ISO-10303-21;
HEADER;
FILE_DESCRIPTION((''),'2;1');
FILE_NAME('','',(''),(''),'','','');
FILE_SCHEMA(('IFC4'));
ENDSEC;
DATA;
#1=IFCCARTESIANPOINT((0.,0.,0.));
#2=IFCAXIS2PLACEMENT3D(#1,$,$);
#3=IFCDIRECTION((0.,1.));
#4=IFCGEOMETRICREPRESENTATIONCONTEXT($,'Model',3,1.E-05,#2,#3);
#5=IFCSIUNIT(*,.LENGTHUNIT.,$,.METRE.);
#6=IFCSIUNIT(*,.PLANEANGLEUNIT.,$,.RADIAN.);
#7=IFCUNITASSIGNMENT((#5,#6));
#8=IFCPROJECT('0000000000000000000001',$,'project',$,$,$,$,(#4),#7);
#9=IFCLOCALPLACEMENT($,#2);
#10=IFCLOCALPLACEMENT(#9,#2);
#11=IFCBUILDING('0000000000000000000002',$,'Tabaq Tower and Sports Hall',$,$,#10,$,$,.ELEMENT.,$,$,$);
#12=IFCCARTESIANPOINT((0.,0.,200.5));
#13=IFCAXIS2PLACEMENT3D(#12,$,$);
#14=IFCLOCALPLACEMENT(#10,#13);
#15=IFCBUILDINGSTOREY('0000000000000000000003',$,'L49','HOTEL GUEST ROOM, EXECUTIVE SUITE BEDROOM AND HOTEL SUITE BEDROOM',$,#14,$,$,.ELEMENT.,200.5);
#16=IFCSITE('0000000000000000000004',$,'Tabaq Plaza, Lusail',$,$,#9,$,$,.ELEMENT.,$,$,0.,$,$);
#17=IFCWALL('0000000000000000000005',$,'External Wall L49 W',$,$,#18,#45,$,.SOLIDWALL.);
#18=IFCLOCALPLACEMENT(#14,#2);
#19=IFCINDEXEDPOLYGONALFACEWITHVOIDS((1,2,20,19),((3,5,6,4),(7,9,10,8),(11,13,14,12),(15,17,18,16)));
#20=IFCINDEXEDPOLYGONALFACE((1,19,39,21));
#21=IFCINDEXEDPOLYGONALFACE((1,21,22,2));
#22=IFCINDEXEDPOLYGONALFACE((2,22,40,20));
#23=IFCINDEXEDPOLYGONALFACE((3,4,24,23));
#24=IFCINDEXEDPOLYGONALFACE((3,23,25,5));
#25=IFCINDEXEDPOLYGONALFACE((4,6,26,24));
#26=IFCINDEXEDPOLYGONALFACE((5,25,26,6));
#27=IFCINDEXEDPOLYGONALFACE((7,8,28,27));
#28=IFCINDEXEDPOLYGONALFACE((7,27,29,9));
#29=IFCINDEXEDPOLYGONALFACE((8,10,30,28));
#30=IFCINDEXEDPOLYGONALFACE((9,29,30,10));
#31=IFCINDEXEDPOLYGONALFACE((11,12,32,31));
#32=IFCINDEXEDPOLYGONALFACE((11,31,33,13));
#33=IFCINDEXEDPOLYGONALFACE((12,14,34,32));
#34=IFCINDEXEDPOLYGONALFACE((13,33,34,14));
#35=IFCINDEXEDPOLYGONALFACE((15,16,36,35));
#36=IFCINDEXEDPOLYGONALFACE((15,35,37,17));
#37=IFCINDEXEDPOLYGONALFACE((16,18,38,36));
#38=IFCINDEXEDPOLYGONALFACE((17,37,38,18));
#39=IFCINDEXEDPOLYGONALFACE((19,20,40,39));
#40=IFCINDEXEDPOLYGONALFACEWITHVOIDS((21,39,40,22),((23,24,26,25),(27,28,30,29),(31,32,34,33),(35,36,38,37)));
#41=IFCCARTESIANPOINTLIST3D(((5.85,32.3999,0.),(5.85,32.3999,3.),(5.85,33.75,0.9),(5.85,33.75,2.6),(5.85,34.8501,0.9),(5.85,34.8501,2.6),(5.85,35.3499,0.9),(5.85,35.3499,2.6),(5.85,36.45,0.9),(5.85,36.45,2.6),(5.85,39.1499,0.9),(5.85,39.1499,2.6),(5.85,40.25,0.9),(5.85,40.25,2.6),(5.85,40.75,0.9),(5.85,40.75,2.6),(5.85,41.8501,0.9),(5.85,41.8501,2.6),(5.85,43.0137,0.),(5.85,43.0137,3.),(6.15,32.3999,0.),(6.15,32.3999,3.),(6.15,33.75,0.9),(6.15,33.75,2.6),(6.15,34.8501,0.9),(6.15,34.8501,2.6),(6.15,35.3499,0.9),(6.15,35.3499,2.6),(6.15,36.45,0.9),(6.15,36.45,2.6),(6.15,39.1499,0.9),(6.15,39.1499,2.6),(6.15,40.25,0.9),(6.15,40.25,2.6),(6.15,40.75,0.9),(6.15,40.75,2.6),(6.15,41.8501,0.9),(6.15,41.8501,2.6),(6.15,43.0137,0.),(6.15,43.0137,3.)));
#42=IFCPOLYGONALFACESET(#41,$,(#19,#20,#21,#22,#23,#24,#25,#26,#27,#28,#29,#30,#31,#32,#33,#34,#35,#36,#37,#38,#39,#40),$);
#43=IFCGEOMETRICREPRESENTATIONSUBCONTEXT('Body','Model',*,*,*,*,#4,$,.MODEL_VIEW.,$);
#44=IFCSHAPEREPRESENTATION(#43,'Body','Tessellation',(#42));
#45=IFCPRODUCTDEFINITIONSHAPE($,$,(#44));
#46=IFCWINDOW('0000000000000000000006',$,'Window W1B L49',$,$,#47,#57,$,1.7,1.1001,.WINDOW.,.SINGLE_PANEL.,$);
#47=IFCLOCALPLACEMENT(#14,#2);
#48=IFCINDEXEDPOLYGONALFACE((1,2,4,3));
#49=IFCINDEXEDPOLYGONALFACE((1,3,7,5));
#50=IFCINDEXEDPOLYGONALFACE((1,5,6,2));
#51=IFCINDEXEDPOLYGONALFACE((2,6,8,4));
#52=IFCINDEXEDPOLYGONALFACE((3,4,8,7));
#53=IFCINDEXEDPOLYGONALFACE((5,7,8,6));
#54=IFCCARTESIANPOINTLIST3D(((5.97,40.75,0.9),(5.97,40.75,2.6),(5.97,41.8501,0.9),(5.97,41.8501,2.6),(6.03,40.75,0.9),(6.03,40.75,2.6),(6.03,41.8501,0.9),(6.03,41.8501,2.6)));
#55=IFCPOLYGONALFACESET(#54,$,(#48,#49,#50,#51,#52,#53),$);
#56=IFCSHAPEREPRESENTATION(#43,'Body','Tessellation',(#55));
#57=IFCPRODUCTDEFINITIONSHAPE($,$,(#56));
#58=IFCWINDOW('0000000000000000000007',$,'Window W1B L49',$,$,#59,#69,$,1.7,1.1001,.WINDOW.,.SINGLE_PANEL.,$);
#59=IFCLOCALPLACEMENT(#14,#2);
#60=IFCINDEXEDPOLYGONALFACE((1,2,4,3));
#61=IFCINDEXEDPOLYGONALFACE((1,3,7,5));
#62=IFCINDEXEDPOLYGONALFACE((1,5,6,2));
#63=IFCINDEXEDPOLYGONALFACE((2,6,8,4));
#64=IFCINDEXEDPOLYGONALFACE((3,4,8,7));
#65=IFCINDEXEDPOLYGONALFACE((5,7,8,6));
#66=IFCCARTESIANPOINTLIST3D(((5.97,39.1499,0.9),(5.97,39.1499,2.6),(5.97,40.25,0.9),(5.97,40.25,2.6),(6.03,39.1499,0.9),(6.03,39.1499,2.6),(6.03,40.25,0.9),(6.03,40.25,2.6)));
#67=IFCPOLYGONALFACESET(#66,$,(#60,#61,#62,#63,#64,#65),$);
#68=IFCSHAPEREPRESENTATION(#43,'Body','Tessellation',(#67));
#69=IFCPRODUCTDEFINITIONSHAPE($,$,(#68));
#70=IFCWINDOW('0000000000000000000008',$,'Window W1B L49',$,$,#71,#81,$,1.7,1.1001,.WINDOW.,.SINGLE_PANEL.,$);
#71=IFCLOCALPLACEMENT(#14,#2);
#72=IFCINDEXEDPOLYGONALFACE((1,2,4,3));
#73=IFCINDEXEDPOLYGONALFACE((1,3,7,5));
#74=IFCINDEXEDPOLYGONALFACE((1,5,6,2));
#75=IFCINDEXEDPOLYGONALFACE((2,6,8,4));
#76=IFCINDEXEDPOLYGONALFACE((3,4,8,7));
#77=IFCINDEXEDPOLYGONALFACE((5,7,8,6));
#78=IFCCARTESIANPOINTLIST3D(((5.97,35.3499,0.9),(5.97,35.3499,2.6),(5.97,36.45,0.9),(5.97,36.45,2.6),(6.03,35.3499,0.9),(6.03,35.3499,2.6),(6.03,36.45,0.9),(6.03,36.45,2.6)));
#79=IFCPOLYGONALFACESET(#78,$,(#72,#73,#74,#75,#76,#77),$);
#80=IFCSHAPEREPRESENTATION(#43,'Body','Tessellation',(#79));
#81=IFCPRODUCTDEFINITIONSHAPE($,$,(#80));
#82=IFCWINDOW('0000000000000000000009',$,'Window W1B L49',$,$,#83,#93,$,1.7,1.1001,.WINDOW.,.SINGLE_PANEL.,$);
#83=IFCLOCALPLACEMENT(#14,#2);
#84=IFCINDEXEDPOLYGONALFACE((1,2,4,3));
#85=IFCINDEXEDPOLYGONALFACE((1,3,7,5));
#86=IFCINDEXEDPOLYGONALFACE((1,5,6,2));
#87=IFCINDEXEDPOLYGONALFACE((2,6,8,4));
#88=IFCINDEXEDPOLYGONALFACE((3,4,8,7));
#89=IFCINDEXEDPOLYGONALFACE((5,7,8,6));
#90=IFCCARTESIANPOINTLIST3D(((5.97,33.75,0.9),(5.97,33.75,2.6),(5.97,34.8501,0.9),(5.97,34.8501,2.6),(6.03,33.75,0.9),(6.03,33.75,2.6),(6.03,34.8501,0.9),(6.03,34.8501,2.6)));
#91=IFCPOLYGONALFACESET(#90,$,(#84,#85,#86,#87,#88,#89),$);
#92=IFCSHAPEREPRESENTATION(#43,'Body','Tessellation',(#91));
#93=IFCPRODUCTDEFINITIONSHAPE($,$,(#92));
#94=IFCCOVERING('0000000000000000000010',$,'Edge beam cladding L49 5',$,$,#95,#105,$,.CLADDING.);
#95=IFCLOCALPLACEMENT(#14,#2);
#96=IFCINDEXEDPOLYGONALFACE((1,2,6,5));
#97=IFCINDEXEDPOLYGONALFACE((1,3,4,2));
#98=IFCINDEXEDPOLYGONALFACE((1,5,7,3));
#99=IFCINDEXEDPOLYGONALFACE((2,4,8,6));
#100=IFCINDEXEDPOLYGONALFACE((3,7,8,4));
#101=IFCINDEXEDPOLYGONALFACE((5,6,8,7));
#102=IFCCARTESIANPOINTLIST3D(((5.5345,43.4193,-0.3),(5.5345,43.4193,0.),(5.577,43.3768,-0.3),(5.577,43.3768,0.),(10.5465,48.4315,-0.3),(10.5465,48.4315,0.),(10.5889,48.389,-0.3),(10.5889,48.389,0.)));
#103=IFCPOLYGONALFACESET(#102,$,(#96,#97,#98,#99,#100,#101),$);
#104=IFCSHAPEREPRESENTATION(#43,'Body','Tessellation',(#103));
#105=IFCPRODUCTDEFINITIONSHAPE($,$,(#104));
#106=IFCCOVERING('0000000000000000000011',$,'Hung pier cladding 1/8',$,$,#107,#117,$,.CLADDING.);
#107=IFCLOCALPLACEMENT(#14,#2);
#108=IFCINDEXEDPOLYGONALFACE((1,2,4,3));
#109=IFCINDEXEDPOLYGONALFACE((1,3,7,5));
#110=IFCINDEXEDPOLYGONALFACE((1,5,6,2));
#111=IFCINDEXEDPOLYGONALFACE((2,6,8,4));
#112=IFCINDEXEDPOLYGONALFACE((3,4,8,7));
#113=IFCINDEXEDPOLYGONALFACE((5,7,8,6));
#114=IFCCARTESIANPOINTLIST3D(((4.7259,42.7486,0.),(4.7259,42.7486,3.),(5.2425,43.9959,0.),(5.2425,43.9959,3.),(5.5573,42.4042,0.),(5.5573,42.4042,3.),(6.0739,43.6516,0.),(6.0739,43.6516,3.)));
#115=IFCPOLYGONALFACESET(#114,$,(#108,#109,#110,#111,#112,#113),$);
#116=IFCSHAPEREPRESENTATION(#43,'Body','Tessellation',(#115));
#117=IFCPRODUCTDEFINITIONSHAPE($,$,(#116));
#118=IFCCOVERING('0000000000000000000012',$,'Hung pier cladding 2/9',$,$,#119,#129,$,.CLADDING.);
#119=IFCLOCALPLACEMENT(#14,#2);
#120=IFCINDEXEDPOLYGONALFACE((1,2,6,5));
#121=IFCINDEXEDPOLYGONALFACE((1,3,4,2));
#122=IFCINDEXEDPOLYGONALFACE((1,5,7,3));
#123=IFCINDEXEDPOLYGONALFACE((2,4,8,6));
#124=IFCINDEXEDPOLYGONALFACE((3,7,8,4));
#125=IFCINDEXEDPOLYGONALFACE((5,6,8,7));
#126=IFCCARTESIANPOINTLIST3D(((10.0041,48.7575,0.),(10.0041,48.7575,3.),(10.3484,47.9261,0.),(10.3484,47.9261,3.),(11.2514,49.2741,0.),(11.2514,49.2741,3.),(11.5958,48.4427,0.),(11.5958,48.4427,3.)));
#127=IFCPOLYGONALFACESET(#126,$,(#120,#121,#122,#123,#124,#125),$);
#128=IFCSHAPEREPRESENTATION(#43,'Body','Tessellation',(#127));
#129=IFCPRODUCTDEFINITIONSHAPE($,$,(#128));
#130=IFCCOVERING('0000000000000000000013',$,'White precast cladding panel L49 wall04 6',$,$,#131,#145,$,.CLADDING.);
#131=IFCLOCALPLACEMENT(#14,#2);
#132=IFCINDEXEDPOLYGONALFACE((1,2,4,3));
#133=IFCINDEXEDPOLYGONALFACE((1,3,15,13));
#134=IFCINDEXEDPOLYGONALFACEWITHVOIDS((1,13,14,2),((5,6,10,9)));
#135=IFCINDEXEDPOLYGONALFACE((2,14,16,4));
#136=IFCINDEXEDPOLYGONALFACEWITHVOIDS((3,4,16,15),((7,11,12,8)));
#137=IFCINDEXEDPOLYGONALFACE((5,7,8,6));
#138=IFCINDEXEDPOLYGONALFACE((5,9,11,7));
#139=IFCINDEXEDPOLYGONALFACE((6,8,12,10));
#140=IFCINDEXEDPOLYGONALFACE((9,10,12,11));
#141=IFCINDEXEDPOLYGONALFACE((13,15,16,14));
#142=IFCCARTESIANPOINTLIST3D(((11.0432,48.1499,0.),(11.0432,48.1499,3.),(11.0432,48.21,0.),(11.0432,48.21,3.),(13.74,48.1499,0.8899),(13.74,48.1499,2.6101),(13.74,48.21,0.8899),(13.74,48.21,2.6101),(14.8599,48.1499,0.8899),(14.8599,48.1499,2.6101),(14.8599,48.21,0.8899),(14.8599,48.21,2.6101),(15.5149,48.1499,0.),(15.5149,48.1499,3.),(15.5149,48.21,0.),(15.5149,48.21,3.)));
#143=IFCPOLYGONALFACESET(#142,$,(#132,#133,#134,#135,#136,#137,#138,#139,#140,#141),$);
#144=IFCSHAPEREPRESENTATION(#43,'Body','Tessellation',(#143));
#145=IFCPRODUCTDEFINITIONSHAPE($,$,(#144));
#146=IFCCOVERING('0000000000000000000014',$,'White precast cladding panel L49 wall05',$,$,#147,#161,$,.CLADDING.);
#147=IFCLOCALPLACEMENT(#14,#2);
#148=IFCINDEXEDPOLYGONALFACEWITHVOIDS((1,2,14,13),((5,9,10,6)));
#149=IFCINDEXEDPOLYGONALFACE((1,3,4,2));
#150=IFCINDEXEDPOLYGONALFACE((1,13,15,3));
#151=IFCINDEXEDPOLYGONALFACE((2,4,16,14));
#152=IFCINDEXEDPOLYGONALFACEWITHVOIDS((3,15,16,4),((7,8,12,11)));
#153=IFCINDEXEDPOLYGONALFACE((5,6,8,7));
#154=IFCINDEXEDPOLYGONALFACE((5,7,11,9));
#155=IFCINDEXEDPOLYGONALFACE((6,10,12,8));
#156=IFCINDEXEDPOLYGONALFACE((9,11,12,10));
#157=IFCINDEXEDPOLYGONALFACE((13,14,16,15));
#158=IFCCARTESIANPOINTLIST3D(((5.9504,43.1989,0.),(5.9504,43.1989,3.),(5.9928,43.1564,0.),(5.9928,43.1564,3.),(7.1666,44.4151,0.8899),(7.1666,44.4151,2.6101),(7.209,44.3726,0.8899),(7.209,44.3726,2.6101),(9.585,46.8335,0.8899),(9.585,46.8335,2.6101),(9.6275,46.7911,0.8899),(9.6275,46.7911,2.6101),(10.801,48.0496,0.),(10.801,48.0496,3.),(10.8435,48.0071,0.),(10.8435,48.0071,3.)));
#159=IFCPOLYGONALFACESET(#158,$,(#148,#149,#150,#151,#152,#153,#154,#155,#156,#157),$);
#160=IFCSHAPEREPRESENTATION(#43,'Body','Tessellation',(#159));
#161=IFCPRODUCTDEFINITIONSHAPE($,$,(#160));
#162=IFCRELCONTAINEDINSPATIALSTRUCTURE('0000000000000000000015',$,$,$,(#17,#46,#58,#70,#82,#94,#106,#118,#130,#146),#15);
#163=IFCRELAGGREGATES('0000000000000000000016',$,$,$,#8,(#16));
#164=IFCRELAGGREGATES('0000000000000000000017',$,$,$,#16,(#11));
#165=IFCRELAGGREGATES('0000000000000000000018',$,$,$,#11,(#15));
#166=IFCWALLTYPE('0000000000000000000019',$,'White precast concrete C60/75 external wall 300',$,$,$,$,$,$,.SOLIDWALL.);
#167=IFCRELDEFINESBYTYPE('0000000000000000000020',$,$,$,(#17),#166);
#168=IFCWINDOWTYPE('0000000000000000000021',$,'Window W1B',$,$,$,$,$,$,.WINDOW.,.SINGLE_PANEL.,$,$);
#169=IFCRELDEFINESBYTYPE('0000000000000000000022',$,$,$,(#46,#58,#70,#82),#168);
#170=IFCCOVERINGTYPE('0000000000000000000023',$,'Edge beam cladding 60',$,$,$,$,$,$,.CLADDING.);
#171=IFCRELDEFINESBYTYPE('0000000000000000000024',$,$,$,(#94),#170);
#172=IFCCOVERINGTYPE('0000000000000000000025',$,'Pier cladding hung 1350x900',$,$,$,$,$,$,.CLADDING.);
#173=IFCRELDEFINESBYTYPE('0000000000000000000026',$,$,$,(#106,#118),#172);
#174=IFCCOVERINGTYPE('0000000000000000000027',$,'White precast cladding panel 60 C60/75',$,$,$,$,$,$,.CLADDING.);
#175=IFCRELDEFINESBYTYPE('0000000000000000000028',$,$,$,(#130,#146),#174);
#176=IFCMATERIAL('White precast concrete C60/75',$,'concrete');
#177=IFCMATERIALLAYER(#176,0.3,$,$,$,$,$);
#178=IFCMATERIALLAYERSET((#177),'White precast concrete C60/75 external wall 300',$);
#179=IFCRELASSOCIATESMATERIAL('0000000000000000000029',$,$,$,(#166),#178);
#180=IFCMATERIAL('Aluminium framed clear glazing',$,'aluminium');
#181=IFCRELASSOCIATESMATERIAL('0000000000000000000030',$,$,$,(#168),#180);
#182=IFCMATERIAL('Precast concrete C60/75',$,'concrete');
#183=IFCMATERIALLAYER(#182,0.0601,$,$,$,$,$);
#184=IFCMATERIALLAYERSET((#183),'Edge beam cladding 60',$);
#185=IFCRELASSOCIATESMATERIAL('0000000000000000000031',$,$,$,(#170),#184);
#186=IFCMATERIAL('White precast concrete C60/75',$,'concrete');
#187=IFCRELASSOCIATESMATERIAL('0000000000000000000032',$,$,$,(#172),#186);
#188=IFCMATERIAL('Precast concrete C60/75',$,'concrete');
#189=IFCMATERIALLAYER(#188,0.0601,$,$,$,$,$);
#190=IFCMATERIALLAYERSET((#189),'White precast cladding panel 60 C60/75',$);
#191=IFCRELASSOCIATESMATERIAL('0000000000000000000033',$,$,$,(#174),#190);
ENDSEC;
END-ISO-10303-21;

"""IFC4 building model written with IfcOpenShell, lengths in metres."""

from ifc_helpers import new_model, si_unit, direction, frame, frame_2d, origin, place, context, subcontext, project, spatial, polyline, rectangle, outline, extrude, material, layer, layer_set, type_object, element, fill, save


model = new_model("IFC4")

# Units and contexts
model_context = context("Model", 3, precision=1e-05, world=origin(), true_north=direction((0.0, 1.0)))
body_context = subcontext(model_context, "Body", "Model", "MODEL_VIEW")
ifc_project = project(units=[si_unit("LENGTHUNIT", "METRE"), si_unit("PLANEANGLEUNIT", "RADIAN")], contexts=[model_context])

# Site, building, storey
site_placement = place(None, origin())
site = spatial("IfcSite", under=ifc_project, at=site_placement, Name="Tabaq Plaza, Lusail", CompositionType="ELEMENT", RefElevation=0.0)
building_placement = place(site_placement, origin())
building = spatial("IfcBuilding", under=site, at=building_placement, Name="Tabaq Tower and Sports Hall", CompositionType="ELEMENT")
storey_placement = place(building_placement, frame((0.0, 0.0, 200.5)))
storey = spatial("IfcBuildingStorey", under=building, at=storey_placement, Name="L49", Description="HOTEL GUEST ROOM, EXECUTIVE SUITE BEDROOM AND HOTEL SUITE BEDROOM", CompositionType="ELEMENT", Elevation=200.5)

# Shared definitions
ifc_material_1 = material(Name="White precast concrete C60/75", Category="concrete")
ifc_layer_1 = layer(ifc_material_1, 0.3)
ifc_layer_set_1 = layer_set([ifc_layer_1], Name="White precast concrete C60/75 external wall 300")
wall_type_1 = type_object("IfcWallType", Name="White precast concrete C60/75 external wall 300", PredefinedType="SOLIDWALL", material=ifc_layer_set_1)

# Wall, openings, windows
wall_1_placement = place(storey_placement, frame((6.0, 43.0137, 0.0), z_axis=(0.0, 0.0, 1.0), x_axis=(0.0, -1.0, 0.0)))
wall_1 = element("IfcWall", 1, at=wall_1_placement, inside=storey, type_object=wall_type_1, Name="External Wall L49 W", PredefinedType="SOLIDWALL", context=body_context, shape_type="SweptSolid", body=[
    extrude(rectangle(XDim=10.6138, YDim=0.3, at=frame_2d((5.3069, 0.0))), origin(), (0.0, 0.0, 1.0), 3.0),
])
opening_1_placement = place(wall_1_placement, frame((1.1636, 0.0, 0.8999)))
opening_1 = element("IfcOpeningElement", 2, at=opening_1_placement, cuts=wall_1, PredefinedType="OPENING", context=body_context, shape_type="SweptSolid", body=[
    extrude(rectangle(XDim=1.1001, YDim=1.7, at=frame_2d((0.55, 0.8501))), frame((0.0, 0.1602, 0.0), z_axis=(0.0, -1.0, 0.0), x_axis=(1.0, 0.0, 0.0)), (0.0, 0.0, 1.0), 0.3201),
])
opening_2_placement = place(wall_1_placement, frame((2.7637, 0.0, 0.8999)))
opening_2 = element("IfcOpeningElement", 3, at=opening_2_placement, cuts=wall_1, PredefinedType="OPENING", context=body_context, shape_type="SweptSolid", body=[
    extrude(rectangle(XDim=1.1001, YDim=1.7, at=frame_2d((0.55, 0.8501))), frame((0.0, 0.1602, 0.0), z_axis=(0.0, -1.0, 0.0), x_axis=(1.0, 0.0, 0.0)), (0.0, 0.0, 1.0), 0.3201),
])
opening_3_placement = place(wall_1_placement, frame((6.5637, 0.0, 0.8999)))
opening_3 = element("IfcOpeningElement", 4, at=opening_3_placement, cuts=wall_1, PredefinedType="OPENING", context=body_context, shape_type="SweptSolid", body=[
    extrude(rectangle(XDim=1.1001, YDim=1.7, at=frame_2d((0.55, 0.8501))), frame((0.0, 0.1602, 0.0), z_axis=(0.0, -1.0, 0.0), x_axis=(1.0, 0.0, 0.0)), (0.0, 0.0, 1.0), 0.3201),
])
opening_4_placement = place(wall_1_placement, frame((8.1636, 0.0, 0.8999)))
opening_4 = element("IfcOpeningElement", 5, at=opening_4_placement, cuts=wall_1, PredefinedType="OPENING", context=body_context, shape_type="SweptSolid", body=[
    extrude(rectangle(XDim=1.1001, YDim=1.7, at=frame_2d((0.55, 0.8501))), frame((0.0, 0.1602, 0.0), z_axis=(0.0, -1.0, 0.0), x_axis=(1.0, 0.0, 0.0)), (0.0, 0.0, 1.0), 0.3201),
])
ifc_material_2 = material(Name="Aluminium framed clear glazing", Category="aluminium")
window_type_1 = type_object("IfcWindowType", Name="Window W1B", PartitioningType="SINGLE_PANEL", PredefinedType="WINDOW", material=ifc_material_2)
window_1_placement = place(opening_1_placement, origin())
window_1 = element("IfcWindow", 6, at=window_1_placement, inside=storey, type_object=window_type_1, Name="Window W1B L49", OverallHeight=1.7, OverallWidth=1.1001, PartitioningType="SINGLE_PANEL", PredefinedType="WINDOW", context=body_context, shape_type="SweptSolid", body=[
    extrude(rectangle(XDim=1.1001, YDim=1.7, at=frame_2d((0.55, 0.8501))), frame((0.0, 0.03, 0.0), z_axis=(0.0, -1.0, 0.0), x_axis=(1.0, 0.0, 0.0)), (0.0, 0.0, 1.0), 0.0601),
])
fill(opening_1, window_1)
window_2_placement = place(opening_2_placement, origin())
window_2 = element("IfcWindow", 7, at=window_2_placement, inside=storey, type_object=window_type_1, Name="Window W1B L49", OverallHeight=1.7, OverallWidth=1.1001, PartitioningType="SINGLE_PANEL", PredefinedType="WINDOW", context=body_context, shape_type="SweptSolid", body=[
    extrude(rectangle(XDim=1.1001, YDim=1.7, at=frame_2d((0.55, 0.8501))), frame((0.0, 0.03, 0.0), z_axis=(0.0, -1.0, 0.0), x_axis=(1.0, 0.0, 0.0)), (0.0, 0.0, 1.0), 0.0601),
])
fill(opening_2, window_2)
window_3_placement = place(opening_3_placement, origin())
window_3 = element("IfcWindow", 8, at=window_3_placement, inside=storey, type_object=window_type_1, Name="Window W1B L49", OverallHeight=1.7, OverallWidth=1.1001, PartitioningType="SINGLE_PANEL", PredefinedType="WINDOW", context=body_context, shape_type="SweptSolid", body=[
    extrude(rectangle(XDim=1.1001, YDim=1.7, at=frame_2d((0.55, 0.8501))), frame((0.0, 0.03, 0.0), z_axis=(0.0, -1.0, 0.0), x_axis=(1.0, 0.0, 0.0)), (0.0, 0.0, 1.0), 0.0601),
])
fill(opening_3, window_3)
window_4_placement = place(opening_4_placement, origin())
window_4 = element("IfcWindow", 9, at=window_4_placement, inside=storey, type_object=window_type_1, Name="Window W1B L49", OverallHeight=1.7, OverallWidth=1.1001, PartitioningType="SINGLE_PANEL", PredefinedType="WINDOW", context=body_context, shape_type="SweptSolid", body=[
    extrude(rectangle(XDim=1.1001, YDim=1.7, at=frame_2d((0.55, 0.8501))), frame((0.0, 0.03, 0.0), z_axis=(0.0, -1.0, 0.0), x_axis=(1.0, 0.0, 0.0)), (0.0, 0.0, 1.0), 0.0601),
])
fill(opening_4, window_4)

# Coverings
ifc_material_3 = material(Name="Precast concrete C60/75", Category="concrete")
ifc_layer_2 = layer(ifc_material_3, 0.0601)
ifc_layer_set_2 = layer_set([ifc_layer_2], Name="Edge beam cladding 60")
covering_type_1 = type_object("IfcCoveringType", Name="Edge beam cladding 60", PredefinedType="CLADDING", material=ifc_layer_set_2)
covering_1_placement = place(storey_placement, frame((10.5676, 48.4102, -0.3), z_axis=(0.0, 0.0, 1.0), x_axis=(-0.70709, -0.707124, 0.0)))
element("IfcCovering", 10, at=covering_1_placement, inside=storey, type_object=covering_type_1, Name="Edge beam cladding L49 5", PredefinedType="CLADDING", context=body_context, shape_type="SweptSolid", body=[
    extrude(rectangle(XDim=7.0881, YDim=0.0601, at=frame_2d((3.5439, 0.0))), origin(), (0.0, 0.0, 1.0), 0.3),
])
ifc_material_4 = material(Name="White precast concrete C60/75", Category="concrete")
covering_type_2 = type_object("IfcCoveringType", Name="Pier cladding hung 1350x900", PredefinedType="CLADDING", material=ifc_material_4)
for number, where, z_axis, x_axis, name in (
    (11, (5.6582, 43.8237, 0.0), (0.0, 0.0, 1.0), (-0.38265, -0.923893, 0.0), "Hung pier cladding 1/8"),
    (12, (11.4236, 48.8584, 0.0), (0.0, 0.0, 1.0), (-0.923893, -0.38265, 0.0), "Hung pier cladding 2/9"),
):
    element("IfcCovering", number, at=place(storey_placement, frame(where, z_axis=z_axis, x_axis=x_axis)), inside=storey, type_object=covering_type_2, Name=name, PredefinedType="CLADDING", context=body_context, shape_type="SweptSolid", body=[
        extrude(rectangle(XDim=1.3501, YDim=0.8999, at=frame_2d((0.675, 0.0))), origin(), (0.0, 0.0, 1.0), 3.0),
    ])
ifc_material_5 = material(Name="Precast concrete C60/75", Category="concrete")
ifc_layer_3 = layer(ifc_material_5, 0.0601)
ifc_layer_set_3 = layer_set([ifc_layer_3], Name="White precast cladding panel 60 C60/75")
covering_type_3 = type_object("IfcCoveringType", Name="White precast cladding panel 60 C60/75", PredefinedType="CLADDING", material=ifc_layer_set_3)
covering_2_placement = place(storey_placement, frame((15.5149, 48.1799, 0.0), z_axis=(0.0, 0.0, 1.0), x_axis=(-1.0, 0.0, 0.0)))
element("IfcCovering", 13, at=covering_2_placement, inside=storey, type_object=covering_type_3, Name="White precast cladding panel L49 wall04 6", PredefinedType="CLADDING", context=body_context, shape_type="SweptSolid", body=[
    extrude(outline(polyline([(0.0, 0.0), (4.4717, 0.0), (4.4717, 3.0), (0.0, 3.0), (0.0, 0.0)]), holes=[polyline([(0.655, 0.8899), (0.655, 2.6101), (1.7749, 2.6101), (1.7749, 0.8899), (0.655, 0.8899)])]), frame((0.0, 0.03, 0.0), z_axis=(0.0, -1.0, 0.0), x_axis=(1.0, 0.0, 0.0)), (0.0, 0.0, 1.0), 0.0601),
])
covering_3_placement = place(storey_placement, frame((10.8223, 48.0283, 0.0), z_axis=(0.0, 0.0, 1.0), x_axis=(-0.707107, -0.707107, 0.0)))
element("IfcCovering", 14, at=covering_3_placement, inside=storey, type_object=covering_type_3, Name="White precast cladding panel L49 wall05", PredefinedType="CLADDING", context=body_context, shape_type="SweptSolid", body=[
    extrude(outline(polyline([(0.0, 0.0), (6.8599, 0.0), (6.8599, 3.0), (0.0, 3.0), (0.0, 0.0)]), holes=[polyline([(1.7197, 0.8899), (1.7197, 2.6101), (5.1399, 2.6101), (5.1399, 0.8899), (1.7197, 0.8899)])]), frame((0.0, 0.03, 0.0), z_axis=(0.0, -1.0, 0.0), x_axis=(1.0, 0.0, 0.0)), (0.0, 0.0, 1.0), 0.0601),
])

save(model, "model.ifc")
